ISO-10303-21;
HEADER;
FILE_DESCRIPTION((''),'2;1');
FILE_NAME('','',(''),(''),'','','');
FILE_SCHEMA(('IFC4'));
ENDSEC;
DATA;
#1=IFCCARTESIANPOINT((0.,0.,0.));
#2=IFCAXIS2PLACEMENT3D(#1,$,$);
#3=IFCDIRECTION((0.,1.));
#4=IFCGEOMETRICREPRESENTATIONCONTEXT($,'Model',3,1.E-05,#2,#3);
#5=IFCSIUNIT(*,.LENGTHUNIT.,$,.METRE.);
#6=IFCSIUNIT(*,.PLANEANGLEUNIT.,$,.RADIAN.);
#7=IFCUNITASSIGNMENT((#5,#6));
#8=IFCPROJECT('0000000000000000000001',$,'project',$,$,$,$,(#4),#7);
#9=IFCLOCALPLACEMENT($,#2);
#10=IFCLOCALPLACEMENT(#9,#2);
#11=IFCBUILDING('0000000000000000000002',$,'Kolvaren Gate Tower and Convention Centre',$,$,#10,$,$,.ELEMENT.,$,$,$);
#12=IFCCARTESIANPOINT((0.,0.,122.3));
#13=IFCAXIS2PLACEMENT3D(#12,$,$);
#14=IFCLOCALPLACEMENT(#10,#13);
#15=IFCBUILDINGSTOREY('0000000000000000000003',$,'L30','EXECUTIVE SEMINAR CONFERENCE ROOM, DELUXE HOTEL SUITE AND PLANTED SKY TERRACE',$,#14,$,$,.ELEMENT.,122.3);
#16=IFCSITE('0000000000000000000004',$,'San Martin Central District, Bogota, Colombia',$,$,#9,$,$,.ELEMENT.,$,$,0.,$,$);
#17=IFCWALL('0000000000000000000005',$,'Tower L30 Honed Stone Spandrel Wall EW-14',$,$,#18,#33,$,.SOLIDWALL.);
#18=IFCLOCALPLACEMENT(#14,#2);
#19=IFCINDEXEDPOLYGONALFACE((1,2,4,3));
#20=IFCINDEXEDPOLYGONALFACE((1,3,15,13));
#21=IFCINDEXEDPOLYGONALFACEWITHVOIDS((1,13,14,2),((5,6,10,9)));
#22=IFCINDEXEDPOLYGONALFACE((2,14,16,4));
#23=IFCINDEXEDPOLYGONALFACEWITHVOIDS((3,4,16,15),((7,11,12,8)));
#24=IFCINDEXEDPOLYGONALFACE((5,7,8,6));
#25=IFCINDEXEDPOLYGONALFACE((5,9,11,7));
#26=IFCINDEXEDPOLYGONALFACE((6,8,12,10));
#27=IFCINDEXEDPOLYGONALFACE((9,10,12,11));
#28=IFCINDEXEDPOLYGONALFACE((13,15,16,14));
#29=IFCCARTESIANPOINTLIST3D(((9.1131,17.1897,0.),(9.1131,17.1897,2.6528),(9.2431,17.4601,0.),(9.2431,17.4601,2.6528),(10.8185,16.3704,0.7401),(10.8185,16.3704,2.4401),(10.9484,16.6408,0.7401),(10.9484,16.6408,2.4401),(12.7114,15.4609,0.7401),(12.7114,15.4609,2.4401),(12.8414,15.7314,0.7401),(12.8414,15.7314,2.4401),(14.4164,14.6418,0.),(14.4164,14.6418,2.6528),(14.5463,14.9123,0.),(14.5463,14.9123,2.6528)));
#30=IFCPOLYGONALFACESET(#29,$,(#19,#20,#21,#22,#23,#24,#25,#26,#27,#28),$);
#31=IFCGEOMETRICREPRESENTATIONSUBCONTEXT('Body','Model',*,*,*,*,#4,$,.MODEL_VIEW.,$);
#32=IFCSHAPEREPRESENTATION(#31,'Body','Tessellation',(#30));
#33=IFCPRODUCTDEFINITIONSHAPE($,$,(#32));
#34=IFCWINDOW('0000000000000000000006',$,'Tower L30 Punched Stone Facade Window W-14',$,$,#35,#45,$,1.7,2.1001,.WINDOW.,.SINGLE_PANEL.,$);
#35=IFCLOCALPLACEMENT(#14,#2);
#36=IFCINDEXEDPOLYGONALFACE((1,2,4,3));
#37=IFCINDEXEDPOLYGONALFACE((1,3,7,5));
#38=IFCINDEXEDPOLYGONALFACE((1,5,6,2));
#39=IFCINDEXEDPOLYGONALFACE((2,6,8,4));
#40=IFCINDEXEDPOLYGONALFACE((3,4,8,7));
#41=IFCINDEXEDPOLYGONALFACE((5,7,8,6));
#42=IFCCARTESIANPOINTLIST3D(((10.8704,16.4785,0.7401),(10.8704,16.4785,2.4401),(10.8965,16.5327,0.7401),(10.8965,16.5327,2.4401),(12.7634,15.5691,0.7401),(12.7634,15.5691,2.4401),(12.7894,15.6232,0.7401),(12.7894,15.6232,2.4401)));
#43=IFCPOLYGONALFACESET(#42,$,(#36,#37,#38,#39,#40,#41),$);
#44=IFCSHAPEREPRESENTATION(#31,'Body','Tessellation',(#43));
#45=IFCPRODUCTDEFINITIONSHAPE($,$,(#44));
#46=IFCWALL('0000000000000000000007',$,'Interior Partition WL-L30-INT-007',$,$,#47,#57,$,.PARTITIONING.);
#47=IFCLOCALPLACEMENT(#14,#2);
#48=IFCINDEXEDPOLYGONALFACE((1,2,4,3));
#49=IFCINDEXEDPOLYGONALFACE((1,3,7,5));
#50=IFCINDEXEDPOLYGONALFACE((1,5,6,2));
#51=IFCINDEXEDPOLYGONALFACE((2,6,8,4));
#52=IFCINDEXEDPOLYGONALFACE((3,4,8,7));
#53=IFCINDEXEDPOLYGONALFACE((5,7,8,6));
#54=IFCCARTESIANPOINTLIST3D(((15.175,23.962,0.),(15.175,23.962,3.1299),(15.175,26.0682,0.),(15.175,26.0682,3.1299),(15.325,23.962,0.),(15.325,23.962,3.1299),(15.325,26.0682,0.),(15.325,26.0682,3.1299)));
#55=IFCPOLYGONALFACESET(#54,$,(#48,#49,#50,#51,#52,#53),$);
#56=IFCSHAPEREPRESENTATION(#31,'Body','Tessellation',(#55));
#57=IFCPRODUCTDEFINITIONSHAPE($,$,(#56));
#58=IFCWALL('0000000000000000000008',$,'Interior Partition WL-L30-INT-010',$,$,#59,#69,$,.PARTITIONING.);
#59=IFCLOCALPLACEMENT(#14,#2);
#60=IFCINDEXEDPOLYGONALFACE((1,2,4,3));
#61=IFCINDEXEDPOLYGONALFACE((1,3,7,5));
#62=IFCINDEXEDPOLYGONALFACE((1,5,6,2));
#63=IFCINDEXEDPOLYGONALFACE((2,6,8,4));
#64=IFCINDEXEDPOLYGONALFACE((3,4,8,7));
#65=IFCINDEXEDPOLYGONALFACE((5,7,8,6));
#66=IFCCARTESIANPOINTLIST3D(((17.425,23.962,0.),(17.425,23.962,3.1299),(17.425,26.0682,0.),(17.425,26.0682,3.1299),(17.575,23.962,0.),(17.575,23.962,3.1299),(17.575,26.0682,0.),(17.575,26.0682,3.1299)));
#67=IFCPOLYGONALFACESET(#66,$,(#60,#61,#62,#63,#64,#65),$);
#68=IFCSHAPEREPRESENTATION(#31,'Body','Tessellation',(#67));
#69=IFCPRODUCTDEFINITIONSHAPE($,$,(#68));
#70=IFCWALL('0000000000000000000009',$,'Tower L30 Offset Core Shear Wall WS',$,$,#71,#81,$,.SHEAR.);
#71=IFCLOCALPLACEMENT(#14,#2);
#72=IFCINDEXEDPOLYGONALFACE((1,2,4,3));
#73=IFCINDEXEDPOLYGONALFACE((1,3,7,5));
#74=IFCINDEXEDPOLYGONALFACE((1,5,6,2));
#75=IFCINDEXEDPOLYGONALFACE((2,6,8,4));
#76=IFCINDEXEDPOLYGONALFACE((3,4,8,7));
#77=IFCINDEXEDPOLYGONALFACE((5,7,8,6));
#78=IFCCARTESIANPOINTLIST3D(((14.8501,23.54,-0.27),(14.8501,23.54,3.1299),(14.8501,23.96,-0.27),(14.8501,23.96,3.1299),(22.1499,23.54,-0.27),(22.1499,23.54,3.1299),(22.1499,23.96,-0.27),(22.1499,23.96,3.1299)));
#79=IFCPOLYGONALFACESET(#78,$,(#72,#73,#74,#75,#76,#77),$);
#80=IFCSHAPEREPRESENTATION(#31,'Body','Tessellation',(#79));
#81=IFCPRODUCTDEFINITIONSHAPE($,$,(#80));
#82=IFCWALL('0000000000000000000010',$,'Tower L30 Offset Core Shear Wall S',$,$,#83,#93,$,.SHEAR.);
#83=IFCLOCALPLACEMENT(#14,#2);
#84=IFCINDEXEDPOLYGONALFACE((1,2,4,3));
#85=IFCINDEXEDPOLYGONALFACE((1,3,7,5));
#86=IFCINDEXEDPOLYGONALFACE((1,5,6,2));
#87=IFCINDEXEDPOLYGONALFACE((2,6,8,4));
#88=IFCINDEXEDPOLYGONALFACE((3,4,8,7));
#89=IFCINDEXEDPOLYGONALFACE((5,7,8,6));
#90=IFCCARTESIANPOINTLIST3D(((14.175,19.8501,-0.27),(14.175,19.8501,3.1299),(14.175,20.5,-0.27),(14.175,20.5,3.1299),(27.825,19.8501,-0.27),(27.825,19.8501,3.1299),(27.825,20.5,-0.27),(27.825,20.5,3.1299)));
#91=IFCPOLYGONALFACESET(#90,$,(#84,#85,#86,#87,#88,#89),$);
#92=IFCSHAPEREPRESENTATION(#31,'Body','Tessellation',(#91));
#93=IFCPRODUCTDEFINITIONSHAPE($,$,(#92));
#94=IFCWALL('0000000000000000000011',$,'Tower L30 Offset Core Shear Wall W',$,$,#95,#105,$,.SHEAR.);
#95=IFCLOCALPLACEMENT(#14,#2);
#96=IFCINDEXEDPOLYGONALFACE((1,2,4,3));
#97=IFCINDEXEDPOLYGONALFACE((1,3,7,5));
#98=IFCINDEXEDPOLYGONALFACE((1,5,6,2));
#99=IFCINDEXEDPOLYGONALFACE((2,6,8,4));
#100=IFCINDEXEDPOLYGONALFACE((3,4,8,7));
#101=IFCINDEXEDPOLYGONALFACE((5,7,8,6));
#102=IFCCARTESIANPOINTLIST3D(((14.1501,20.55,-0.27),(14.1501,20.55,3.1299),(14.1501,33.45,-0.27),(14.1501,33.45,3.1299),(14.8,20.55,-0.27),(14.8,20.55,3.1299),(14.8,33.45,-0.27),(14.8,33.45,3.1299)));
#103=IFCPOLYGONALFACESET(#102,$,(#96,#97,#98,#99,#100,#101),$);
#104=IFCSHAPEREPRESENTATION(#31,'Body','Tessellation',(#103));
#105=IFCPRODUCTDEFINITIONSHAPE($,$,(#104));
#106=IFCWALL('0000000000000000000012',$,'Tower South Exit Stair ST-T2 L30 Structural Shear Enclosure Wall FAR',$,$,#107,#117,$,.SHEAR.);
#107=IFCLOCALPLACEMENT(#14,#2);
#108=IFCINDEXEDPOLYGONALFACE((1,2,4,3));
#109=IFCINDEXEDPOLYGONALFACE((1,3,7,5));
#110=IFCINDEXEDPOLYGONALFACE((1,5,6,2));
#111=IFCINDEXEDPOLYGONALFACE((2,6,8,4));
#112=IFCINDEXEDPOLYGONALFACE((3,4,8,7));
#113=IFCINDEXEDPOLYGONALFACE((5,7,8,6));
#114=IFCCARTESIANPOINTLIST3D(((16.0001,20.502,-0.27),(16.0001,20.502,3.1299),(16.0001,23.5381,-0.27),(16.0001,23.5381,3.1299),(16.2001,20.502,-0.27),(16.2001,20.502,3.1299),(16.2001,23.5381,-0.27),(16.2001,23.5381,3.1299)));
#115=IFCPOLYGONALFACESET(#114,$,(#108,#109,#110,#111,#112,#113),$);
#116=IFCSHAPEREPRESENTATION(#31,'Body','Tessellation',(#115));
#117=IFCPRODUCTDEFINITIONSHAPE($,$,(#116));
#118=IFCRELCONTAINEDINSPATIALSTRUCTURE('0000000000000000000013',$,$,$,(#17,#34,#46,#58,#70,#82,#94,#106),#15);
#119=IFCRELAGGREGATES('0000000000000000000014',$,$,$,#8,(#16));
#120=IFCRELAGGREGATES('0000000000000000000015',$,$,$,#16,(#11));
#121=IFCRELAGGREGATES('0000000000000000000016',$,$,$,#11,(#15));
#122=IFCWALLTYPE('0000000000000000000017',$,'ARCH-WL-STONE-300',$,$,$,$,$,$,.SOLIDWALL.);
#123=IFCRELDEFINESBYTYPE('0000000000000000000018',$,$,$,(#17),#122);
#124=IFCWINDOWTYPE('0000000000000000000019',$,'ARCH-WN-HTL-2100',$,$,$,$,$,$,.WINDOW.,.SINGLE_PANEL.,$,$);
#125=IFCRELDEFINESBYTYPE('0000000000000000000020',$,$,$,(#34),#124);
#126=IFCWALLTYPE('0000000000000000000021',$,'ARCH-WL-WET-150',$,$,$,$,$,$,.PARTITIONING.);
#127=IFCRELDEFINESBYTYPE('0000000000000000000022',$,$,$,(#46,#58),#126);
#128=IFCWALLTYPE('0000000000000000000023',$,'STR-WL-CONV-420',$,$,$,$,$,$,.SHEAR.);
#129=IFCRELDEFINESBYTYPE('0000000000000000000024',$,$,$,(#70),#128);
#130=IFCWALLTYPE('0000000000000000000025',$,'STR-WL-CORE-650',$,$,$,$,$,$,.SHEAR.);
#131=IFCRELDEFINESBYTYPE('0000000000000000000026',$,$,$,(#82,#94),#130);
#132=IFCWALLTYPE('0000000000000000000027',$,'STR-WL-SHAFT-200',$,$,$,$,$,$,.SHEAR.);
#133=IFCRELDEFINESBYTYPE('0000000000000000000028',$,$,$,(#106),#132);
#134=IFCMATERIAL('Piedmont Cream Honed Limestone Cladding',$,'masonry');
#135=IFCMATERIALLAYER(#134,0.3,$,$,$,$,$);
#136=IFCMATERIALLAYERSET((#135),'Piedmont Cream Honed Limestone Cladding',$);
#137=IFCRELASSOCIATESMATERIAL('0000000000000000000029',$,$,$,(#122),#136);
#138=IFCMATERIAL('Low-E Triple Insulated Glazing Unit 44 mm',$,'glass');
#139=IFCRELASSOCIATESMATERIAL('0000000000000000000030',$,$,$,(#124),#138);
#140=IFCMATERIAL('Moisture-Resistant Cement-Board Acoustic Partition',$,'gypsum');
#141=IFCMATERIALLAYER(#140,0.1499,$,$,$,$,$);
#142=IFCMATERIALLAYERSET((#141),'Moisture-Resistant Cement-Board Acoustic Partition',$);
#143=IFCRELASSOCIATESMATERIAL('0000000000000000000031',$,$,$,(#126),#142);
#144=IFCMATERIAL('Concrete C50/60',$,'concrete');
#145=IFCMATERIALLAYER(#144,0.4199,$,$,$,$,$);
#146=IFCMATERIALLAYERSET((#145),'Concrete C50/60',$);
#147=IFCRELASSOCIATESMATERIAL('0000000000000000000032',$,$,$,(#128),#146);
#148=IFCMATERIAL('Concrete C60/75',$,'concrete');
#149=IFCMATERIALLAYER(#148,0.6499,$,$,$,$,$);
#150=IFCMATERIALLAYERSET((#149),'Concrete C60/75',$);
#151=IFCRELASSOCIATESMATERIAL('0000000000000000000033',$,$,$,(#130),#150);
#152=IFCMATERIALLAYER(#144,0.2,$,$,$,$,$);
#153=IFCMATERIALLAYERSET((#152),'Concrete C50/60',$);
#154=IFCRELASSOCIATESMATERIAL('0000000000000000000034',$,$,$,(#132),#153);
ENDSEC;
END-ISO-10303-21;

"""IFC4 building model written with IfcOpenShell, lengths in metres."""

from ifc_helpers import new_model, si_unit, direction, frame, frame_2d, origin, place, context, subcontext, project, spatial, rectangle, extrude, material, layer, layer_set, type_object, element, fill, save


model = new_model("IFC4")

# Units and contexts
model_context = context("Model", 3, precision=1e-05, world=origin(), true_north=direction((0.0, 1.0)))
body_context = subcontext(model_context, "Body", "Model", "MODEL_VIEW")
ifc_project = project(units=[si_unit("LENGTHUNIT", "METRE"), si_unit("PLANEANGLEUNIT", "RADIAN")], contexts=[model_context])

# Site, building, storey
site_placement = place(None, origin())
site = spatial("IfcSite", under=ifc_project, at=site_placement, Name="San Martin Central District, Bogota, Colombia", CompositionType="ELEMENT", RefElevation=0.0)
building_placement = place(site_placement, origin())
building = spatial("IfcBuilding", under=site, at=building_placement, Name="Kolvaren Gate Tower and Convention Centre", CompositionType="ELEMENT")
storey_placement = place(building_placement, frame((0.0, 0.0, 122.3)))
storey = spatial("IfcBuildingStorey", under=building, at=storey_placement, Name="L30", Description="EXECUTIVE SEMINAR CONFERENCE ROOM, DELUXE HOTEL SUITE AND PLANTED SKY TERRACE", CompositionType="ELEMENT", Elevation=122.3)

# Shared definitions
ifc_material_1 = material(Name="Concrete C60/75", Category="concrete")

# Shared definitions
ifc_material_2 = material(Name="Low-E Triple Insulated Glazing Unit 44 mm", Category="glass")

# Shared definitions
ifc_material_3 = material(Name="Piedmont Cream Honed Limestone Cladding", Category="masonry")

# Shared definitions
ifc_layer_1 = layer(ifc_material_3, 0.3)
ifc_layer_set_1 = layer_set([ifc_layer_1], Name="Piedmont Cream Honed Limestone Cladding")
wall_type_1 = type_object("IfcWallType", Name="ARCH-WL-STONE-300", PredefinedType="SOLIDWALL", material=ifc_layer_set_1)

# Wall, opening, window
wall_1_placement = place(storey_placement, frame((9.178, 17.325, 0.0), z_axis=(0.0, 0.0, 1.0), x_axis=(0.90137, -0.433049, 0.0)))
wall_1 = element("IfcWall", 1, at=wall_1_placement, inside=storey, type_object=wall_type_1, Name="Tower L30 Honed Stone Spandrel Wall EW-14", PredefinedType="SOLIDWALL", context=body_context, shape_type="SweptSolid", body=[
    extrude(rectangle(XDim=5.8835, YDim=0.3, at=frame_2d((2.9419, 0.0))), origin(), (0.0, 0.0, 1.0), 2.6528),
])
opening_1_placement = place(wall_1_placement, frame((1.8921, 0.0, 0.74)))
opening_1 = element("IfcOpeningElement", 2, at=opening_1_placement, cuts=wall_1, PredefinedType="OPENING", context=body_context, shape_type="SweptSolid", body=[
    extrude(rectangle(XDim=2.1001, YDim=1.7, at=frame_2d((1.05, 0.8501))), frame((0.0, 0.1599, 0.0), z_axis=(0.0, -1.0, 0.0), x_axis=(1.0, 0.0, 0.0)), (0.0, 0.0, 1.0), 0.3201),
])
window_type = type_object("IfcWindowType", Name="ARCH-WN-HTL-2100", PartitioningType="SINGLE_PANEL", PredefinedType="WINDOW", material=ifc_material_2)
window_placement = place(opening_1_placement, origin())
window = element("IfcWindow", 3, at=window_placement, inside=storey, type_object=window_type, Name="Tower L30 Punched Stone Facade Window W-14", OverallHeight=1.7, OverallWidth=2.1001, PartitioningType="SINGLE_PANEL", PredefinedType="WINDOW", context=body_context, shape_type="SweptSolid", body=[
    extrude(rectangle(XDim=2.1001, YDim=1.7, at=frame_2d((1.05, 0.8501))), frame((0.0, 0.03, 0.0), z_axis=(0.0, -1.0, 0.0), x_axis=(1.0, 0.0, 0.0)), (0.0, 0.0, 1.0), 0.0601),
])
fill(opening_1, window)

# Walls
ifc_material_4 = material(Name="Moisture-Resistant Cement-Board Acoustic Partition", Category="gypsum")
ifc_layer_2 = layer(ifc_material_4, 0.1499)
ifc_layer_set_2 = layer_set([ifc_layer_2], Name="Moisture-Resistant Cement-Board Acoustic Partition")
wall_type_2 = type_object("IfcWallType", Name="ARCH-WL-WET-150", PredefinedType="PARTITIONING", material=ifc_layer_set_2)
for number, where, z_axis, x_axis, name in (
    (4, (15.25, 23.9619, 0.0), (0.0, 0.0, 1.0), (0.0, 1.0, 0.0), "Interior Partition WL-L30-INT-007"),
    (5, (17.5, 23.9619, 0.0), (0.0, 0.0, 1.0), (0.0, 1.0, 0.0), "Interior Partition WL-L30-INT-010"),
):
    element("IfcWall", number, at=place(storey_placement, frame(where, z_axis=z_axis, x_axis=x_axis)), inside=storey, type_object=wall_type_2, Name=name, PredefinedType="PARTITIONING", context=body_context, shape_type="SweptSolid", body=[
        extrude(rectangle(XDim=2.1062, YDim=0.1499, at=frame_2d((1.0532, 0.0))), origin(), (0.0, 0.0, 1.0), 3.1299),
    ])
ifc_material_5 = material(Name="Concrete C50/60", Category="concrete")
ifc_layer_3 = layer(ifc_material_5, 0.4199)
ifc_layer_set_3 = layer_set([ifc_layer_3], Name="Concrete C50/60")
wall_type_3 = type_object("IfcWallType", Name="STR-WL-CONV-420", PredefinedType="SHEAR", material=ifc_layer_set_3)
wall_2_placement = place(storey_placement, frame((14.8501, 23.75, -0.27), z_axis=(0.0, 0.0, 1.0), x_axis=(1.0, 0.0, 0.0)))
element("IfcWall", 6, at=wall_2_placement, inside=storey, type_object=wall_type_3, Name="Tower L30 Offset Core Shear Wall WS", PredefinedType="SHEAR", context=body_context, shape_type="SweptSolid", body=[
    extrude(rectangle(XDim=7.2998, YDim=0.4199, at=frame_2d((3.6499, 0.0))), origin(), (0.0, 0.0, 1.0), 3.3999),
])
ifc_layer_4 = layer(ifc_material_1, 0.6499)
ifc_layer_set_4 = layer_set([ifc_layer_4], Name="Concrete C60/75")
wall_type_4 = type_object("IfcWallType", Name="STR-WL-CORE-650", PredefinedType="SHEAR", material=ifc_layer_set_4)
wall_3_placement = place(storey_placement, frame((14.175, 20.175, -0.27), z_axis=(0.0, 0.0, 1.0), x_axis=(1.0, 0.0, 0.0)))
element("IfcWall", 7, at=wall_3_placement, inside=storey, type_object=wall_type_4, Name="Tower L30 Offset Core Shear Wall S", PredefinedType="SHEAR", context=body_context, shape_type="SweptSolid", body=[
    extrude(rectangle(XDim=13.6499, YDim=0.6499, at=frame_2d((6.825, 0.0))), origin(), (0.0, 0.0, 1.0), 3.3999),
])
wall_4_placement = place(storey_placement, frame((14.4751, 20.55, -0.27), z_axis=(0.0, 0.0, 1.0), x_axis=(0.0, 1.0, 0.0)))
element("IfcWall", 8, at=wall_4_placement, inside=storey, type_object=wall_type_4, Name="Tower L30 Offset Core Shear Wall W", PredefinedType="SHEAR", context=body_context, shape_type="SweptSolid", body=[
    extrude(rectangle(XDim=12.8999, YDim=0.6499, at=frame_2d((6.45, 0.0))), origin(), (0.0, 0.0, 1.0), 3.3999),
])
ifc_layer_5 = layer(ifc_material_5, 0.2)
ifc_layer_set_5 = layer_set([ifc_layer_5], Name="Concrete C50/60")
wall_type_5 = type_object("IfcWallType", Name="STR-WL-SHAFT-200", PredefinedType="SHEAR", material=ifc_layer_set_5)
wall_5_placement = place(storey_placement, frame((16.1001, 20.502, -0.27), z_axis=(0.0, 0.0, 1.0), x_axis=(0.0, 1.0, 0.0)))
element("IfcWall", 9, at=wall_5_placement, inside=storey, type_object=wall_type_5, Name="Tower South Exit Stair ST-T2 L30 Structural Shear Enclosure Wall FAR", PredefinedType="SHEAR", context=body_context, shape_type="SweptSolid", body=[
    extrude(rectangle(XDim=3.0361, YDim=0.2, at=frame_2d((1.5181, 0.0))), origin(), (0.0, 0.0, 1.0), 3.3999),
])

save(model, "model.ifc")
